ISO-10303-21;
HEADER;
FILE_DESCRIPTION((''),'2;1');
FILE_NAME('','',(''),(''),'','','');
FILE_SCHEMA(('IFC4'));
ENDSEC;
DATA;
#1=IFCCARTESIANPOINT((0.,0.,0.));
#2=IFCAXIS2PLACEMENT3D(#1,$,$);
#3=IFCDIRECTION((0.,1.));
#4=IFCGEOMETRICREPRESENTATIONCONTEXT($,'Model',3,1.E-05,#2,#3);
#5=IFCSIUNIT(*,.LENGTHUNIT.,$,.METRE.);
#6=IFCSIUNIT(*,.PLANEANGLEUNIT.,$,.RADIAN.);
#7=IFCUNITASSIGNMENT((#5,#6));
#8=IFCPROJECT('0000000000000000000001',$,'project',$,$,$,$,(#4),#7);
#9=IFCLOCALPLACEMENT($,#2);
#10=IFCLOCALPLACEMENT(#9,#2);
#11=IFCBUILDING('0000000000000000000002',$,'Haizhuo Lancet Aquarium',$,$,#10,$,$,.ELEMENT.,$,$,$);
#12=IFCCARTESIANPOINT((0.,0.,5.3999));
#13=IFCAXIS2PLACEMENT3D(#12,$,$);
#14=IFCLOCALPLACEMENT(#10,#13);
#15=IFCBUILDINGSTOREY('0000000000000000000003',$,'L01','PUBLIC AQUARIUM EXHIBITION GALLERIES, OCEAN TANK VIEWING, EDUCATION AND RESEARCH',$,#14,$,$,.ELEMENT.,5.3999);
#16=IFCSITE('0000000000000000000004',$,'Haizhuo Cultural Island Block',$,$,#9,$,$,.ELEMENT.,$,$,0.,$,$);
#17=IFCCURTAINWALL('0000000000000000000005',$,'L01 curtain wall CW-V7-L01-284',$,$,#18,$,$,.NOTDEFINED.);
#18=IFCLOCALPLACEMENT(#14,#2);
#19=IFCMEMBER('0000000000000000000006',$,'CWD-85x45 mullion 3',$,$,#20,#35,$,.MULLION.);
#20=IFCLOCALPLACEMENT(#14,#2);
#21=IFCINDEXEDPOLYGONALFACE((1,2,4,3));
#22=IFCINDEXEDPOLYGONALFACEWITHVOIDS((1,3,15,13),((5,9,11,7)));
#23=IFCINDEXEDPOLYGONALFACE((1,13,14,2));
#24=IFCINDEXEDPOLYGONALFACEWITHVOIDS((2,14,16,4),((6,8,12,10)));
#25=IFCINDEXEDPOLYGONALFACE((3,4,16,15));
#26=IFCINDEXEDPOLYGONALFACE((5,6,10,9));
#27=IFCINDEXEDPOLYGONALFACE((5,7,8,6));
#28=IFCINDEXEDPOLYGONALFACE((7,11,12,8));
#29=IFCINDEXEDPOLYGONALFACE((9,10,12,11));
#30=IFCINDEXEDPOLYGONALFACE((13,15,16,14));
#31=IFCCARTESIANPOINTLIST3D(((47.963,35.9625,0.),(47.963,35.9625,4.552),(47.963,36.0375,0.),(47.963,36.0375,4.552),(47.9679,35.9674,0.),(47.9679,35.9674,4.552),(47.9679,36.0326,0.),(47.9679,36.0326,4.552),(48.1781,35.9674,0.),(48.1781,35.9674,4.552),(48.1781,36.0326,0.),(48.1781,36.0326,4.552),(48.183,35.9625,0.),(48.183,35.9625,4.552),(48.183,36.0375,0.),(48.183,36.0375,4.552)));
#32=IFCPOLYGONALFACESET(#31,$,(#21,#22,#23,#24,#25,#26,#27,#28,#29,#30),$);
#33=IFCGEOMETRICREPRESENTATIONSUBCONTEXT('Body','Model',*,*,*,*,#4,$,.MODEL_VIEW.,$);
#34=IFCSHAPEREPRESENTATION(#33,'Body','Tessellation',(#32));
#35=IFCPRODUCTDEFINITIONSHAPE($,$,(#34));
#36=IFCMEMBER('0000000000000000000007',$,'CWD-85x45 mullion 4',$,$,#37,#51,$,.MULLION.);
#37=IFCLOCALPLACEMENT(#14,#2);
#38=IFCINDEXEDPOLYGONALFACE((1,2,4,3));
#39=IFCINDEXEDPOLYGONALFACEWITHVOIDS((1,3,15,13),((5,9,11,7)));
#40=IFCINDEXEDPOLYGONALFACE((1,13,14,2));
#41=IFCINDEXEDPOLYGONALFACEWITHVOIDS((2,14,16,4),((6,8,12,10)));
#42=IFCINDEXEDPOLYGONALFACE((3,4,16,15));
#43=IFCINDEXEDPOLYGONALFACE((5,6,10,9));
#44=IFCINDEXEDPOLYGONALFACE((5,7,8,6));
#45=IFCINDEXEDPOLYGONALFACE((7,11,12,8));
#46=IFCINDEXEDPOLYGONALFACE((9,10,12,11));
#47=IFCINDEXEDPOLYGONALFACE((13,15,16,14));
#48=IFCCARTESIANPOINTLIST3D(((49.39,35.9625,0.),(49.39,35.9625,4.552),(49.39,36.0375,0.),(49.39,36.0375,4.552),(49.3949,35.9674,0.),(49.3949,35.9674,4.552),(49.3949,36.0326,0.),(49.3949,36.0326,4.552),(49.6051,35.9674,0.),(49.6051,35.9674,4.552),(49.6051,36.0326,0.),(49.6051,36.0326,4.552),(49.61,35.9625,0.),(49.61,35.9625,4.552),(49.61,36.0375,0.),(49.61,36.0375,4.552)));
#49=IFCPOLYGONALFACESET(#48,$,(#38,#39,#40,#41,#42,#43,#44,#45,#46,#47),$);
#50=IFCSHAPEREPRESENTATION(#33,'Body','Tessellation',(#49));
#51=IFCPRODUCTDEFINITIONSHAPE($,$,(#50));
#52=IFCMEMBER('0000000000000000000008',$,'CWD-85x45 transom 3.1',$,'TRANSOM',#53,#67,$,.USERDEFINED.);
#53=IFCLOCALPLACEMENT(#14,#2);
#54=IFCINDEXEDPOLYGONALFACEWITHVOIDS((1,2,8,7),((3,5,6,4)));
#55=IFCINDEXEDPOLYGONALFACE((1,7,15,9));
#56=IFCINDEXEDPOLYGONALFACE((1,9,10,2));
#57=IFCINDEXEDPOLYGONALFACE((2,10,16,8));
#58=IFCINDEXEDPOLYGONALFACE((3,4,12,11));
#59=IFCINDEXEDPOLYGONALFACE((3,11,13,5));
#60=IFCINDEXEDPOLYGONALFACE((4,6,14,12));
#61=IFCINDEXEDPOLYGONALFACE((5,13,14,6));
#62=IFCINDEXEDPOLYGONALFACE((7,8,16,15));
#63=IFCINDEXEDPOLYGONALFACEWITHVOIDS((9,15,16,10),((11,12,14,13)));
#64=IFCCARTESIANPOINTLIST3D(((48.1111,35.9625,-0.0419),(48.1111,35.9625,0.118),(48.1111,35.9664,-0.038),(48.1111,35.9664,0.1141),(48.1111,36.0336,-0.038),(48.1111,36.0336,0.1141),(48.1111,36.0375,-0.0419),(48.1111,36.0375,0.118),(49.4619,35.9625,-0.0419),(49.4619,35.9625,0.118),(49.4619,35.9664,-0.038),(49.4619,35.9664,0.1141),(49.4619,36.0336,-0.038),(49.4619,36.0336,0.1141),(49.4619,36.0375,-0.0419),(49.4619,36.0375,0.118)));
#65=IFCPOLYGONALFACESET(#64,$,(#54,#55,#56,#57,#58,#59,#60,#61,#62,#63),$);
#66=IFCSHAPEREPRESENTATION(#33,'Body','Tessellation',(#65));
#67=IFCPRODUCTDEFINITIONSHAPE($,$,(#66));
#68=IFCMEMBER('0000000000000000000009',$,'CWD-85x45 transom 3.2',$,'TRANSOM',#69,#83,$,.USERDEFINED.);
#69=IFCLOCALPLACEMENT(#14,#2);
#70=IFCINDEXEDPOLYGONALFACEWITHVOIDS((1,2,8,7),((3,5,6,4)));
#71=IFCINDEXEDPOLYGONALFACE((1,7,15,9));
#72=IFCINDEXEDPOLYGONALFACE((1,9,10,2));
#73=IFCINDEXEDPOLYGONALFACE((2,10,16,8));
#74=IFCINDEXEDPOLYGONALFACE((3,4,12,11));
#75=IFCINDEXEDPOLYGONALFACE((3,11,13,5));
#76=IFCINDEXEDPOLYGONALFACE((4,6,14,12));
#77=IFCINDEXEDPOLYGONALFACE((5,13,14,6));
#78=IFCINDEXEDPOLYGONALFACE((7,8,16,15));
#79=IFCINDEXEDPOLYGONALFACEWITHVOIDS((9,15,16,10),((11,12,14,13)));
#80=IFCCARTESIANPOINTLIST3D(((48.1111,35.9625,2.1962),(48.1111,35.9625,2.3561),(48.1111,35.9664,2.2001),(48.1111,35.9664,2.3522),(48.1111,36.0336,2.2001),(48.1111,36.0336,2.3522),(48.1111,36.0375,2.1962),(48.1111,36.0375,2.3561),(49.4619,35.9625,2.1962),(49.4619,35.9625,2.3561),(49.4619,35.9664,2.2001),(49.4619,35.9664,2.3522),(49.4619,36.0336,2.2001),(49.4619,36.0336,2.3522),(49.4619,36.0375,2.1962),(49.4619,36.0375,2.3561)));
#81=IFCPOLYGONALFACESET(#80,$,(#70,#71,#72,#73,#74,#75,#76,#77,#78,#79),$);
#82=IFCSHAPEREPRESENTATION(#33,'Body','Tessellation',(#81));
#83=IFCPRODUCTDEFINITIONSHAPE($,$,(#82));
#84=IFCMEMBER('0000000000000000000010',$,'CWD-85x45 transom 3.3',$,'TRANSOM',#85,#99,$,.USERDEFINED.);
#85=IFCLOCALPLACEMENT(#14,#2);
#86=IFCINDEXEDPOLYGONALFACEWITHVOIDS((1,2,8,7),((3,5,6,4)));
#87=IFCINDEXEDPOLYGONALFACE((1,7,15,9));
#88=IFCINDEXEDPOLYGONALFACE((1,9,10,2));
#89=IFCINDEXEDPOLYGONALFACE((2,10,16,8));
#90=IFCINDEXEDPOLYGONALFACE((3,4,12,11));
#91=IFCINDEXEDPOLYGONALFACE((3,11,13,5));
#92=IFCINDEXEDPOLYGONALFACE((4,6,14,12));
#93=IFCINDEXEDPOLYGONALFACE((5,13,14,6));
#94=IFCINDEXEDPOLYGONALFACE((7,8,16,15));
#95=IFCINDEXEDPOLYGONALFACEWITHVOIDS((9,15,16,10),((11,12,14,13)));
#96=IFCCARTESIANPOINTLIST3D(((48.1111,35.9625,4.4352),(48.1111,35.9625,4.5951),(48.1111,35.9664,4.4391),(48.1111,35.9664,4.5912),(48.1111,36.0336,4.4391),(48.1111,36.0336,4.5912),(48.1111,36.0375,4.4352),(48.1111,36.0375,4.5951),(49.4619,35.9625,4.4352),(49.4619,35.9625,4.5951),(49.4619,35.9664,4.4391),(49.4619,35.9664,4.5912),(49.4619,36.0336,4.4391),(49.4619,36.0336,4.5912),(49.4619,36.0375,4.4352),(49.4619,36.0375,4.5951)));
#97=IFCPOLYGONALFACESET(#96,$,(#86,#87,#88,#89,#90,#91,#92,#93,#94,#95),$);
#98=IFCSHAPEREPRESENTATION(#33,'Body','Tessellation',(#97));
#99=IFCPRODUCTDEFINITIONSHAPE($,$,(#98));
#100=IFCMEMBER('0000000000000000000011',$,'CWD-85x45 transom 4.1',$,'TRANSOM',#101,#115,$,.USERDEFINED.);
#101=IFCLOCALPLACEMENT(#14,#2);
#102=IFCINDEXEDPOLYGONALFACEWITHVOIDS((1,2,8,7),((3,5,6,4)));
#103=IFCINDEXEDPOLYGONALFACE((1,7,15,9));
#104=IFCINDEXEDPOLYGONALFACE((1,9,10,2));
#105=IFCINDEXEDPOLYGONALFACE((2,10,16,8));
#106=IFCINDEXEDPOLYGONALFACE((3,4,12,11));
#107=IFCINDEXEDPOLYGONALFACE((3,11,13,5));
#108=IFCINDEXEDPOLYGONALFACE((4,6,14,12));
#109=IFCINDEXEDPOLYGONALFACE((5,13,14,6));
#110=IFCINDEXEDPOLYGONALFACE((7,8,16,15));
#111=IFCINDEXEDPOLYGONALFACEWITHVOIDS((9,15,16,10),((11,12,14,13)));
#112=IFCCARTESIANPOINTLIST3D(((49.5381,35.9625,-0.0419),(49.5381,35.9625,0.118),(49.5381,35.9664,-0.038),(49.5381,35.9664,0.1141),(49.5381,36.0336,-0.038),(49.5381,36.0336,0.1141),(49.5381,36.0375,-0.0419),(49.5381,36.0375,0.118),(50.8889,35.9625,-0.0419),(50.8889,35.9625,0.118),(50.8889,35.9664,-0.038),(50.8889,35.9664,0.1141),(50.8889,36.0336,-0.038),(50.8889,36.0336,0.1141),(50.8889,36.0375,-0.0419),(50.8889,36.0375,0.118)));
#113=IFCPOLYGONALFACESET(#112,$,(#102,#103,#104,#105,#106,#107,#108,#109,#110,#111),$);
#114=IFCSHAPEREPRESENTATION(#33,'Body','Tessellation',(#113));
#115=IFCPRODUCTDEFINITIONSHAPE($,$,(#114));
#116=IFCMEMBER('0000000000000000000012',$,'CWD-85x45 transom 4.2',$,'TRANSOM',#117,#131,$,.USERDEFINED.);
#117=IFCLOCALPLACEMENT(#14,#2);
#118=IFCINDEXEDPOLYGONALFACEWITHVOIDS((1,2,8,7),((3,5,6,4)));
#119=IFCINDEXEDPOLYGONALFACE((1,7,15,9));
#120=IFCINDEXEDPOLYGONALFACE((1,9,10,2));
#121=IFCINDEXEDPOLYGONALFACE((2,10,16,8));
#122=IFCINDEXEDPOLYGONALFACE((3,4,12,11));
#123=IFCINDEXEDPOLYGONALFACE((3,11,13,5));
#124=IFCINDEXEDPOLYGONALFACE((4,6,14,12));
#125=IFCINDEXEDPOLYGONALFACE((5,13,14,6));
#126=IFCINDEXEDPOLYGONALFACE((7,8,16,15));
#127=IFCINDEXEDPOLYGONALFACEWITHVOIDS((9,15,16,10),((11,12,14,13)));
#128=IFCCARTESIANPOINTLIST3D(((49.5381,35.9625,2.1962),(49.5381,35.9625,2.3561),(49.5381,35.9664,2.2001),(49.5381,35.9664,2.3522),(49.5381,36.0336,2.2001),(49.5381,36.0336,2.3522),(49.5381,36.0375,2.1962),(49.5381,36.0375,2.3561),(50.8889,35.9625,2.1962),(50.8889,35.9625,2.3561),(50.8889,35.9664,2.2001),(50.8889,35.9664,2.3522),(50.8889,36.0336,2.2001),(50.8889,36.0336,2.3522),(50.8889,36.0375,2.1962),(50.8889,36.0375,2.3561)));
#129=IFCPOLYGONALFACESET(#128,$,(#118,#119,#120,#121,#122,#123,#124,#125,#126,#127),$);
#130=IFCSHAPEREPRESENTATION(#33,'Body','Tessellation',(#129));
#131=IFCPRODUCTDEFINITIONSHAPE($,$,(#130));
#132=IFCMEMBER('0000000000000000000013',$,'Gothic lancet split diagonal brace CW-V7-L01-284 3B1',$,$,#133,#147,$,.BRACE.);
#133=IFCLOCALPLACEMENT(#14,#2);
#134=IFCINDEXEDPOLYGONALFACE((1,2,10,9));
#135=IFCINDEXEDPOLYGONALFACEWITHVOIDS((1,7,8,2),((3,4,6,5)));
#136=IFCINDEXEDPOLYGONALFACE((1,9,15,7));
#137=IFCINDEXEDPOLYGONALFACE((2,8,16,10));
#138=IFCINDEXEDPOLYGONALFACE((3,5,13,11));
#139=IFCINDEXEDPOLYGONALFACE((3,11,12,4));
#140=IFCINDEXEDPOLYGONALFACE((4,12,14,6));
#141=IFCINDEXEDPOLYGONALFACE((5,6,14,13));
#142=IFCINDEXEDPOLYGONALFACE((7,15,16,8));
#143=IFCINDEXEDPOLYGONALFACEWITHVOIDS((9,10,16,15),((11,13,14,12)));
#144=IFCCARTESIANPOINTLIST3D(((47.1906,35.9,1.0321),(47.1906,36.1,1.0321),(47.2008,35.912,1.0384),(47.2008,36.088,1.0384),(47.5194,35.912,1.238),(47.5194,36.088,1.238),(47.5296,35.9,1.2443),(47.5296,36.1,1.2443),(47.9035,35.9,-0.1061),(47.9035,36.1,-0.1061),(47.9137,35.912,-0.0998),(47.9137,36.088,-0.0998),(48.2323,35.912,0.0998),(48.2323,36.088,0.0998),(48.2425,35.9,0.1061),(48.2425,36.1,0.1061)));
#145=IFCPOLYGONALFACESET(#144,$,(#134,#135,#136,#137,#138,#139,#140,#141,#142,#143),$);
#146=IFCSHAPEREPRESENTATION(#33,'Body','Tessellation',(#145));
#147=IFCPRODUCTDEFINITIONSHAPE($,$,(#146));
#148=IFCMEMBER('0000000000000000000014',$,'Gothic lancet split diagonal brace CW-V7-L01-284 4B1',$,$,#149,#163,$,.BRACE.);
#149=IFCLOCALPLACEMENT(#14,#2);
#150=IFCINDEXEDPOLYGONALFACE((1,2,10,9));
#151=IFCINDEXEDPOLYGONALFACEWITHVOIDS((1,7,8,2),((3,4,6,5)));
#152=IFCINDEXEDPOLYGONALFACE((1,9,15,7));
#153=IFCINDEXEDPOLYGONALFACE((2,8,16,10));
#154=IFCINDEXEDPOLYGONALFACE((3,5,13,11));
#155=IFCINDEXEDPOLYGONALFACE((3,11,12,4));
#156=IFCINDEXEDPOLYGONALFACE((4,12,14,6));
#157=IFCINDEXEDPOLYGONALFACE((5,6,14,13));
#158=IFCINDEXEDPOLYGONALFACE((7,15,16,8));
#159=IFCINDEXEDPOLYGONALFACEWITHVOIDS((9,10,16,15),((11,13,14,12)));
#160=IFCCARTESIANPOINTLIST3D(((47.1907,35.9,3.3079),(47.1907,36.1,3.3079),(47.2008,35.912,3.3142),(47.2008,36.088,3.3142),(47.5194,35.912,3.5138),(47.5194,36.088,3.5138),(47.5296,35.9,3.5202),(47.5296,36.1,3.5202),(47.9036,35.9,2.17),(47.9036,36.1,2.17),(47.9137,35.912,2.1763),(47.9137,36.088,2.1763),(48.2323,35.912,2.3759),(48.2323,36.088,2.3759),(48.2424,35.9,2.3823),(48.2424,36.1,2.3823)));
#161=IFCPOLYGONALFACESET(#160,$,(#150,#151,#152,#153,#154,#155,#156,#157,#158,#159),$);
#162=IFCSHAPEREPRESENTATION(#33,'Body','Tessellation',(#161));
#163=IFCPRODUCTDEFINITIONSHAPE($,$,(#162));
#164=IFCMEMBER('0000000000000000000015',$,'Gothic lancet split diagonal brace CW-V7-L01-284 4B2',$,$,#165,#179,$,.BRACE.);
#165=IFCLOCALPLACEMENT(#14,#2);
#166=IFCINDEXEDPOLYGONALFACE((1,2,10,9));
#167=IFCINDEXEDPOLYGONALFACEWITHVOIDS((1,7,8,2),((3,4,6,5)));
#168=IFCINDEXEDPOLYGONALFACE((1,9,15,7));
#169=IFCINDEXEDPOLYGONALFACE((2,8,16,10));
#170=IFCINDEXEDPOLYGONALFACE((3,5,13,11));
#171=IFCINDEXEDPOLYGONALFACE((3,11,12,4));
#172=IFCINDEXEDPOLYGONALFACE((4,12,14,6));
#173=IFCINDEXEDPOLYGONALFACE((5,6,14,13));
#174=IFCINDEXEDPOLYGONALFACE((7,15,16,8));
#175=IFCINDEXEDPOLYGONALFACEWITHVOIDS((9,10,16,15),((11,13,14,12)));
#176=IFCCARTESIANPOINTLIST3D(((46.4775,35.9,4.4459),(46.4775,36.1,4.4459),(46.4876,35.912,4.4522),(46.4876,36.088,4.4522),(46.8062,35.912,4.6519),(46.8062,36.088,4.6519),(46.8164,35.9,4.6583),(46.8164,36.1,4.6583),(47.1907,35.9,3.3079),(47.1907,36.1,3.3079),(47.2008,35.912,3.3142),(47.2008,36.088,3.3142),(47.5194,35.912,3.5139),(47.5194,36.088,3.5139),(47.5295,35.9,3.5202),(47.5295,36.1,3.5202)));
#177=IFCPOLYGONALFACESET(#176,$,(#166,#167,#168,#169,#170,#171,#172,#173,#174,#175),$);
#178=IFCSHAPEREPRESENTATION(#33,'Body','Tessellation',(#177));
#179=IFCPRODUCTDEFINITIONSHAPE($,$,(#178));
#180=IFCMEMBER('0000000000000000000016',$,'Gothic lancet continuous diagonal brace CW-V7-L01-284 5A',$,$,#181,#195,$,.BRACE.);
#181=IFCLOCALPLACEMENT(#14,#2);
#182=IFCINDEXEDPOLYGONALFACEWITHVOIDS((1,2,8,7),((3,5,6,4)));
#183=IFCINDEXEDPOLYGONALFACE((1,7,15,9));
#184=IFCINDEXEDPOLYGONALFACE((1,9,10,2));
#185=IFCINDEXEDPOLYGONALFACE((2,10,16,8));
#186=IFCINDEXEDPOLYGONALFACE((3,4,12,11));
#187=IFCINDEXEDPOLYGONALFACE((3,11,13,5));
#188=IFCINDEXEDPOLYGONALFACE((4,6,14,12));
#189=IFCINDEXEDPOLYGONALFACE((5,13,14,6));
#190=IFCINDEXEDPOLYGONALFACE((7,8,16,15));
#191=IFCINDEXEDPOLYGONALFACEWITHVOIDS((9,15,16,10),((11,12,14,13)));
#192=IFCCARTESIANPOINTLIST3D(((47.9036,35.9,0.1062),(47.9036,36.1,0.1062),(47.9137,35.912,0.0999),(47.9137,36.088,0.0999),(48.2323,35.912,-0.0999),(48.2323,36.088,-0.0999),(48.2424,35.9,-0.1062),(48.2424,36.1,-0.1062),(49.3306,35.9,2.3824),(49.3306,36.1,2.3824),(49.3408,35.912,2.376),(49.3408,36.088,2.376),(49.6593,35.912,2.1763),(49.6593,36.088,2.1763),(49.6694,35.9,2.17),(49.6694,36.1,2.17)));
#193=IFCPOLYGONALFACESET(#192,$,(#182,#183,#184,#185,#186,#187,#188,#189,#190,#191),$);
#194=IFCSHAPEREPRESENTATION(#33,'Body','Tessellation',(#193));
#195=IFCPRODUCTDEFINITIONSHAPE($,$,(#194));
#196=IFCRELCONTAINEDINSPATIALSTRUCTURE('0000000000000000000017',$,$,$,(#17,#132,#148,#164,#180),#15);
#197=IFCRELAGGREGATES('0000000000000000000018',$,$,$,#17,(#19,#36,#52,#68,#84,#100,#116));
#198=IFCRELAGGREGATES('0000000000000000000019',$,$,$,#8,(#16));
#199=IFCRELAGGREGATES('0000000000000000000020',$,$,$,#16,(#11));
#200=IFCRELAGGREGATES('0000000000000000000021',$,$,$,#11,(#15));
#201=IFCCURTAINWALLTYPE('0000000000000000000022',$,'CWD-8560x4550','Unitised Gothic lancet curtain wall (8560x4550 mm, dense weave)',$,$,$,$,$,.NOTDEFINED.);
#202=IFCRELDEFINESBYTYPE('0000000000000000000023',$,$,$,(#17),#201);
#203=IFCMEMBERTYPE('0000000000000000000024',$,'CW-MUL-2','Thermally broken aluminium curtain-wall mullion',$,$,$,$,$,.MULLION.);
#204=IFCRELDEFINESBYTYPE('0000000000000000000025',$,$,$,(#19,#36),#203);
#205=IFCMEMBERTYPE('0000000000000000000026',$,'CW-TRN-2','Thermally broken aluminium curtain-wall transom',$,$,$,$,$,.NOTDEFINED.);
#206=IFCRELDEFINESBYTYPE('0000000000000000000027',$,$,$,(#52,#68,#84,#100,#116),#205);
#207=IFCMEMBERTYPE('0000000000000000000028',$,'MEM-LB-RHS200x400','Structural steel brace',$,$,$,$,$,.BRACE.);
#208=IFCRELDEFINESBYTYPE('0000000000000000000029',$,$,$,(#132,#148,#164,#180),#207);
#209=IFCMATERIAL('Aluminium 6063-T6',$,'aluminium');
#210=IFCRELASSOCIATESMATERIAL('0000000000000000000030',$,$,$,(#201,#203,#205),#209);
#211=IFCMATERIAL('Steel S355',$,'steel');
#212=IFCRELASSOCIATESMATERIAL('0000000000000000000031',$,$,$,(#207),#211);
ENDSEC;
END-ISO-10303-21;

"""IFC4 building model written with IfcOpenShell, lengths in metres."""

from ifc_helpers import new_model, si_unit, direction, frame, origin, origin_2d, place, context, subcontext, project, spatial, hollow_rectangle, extrude, material, material_profile, profile_set, type_object, element, aggregate, save


model = new_model("IFC4")

# Units and contexts
model_context = context("Model", 3, precision=1e-05, world=origin(), true_north=direction((0.0, 1.0)))
body_context = subcontext(model_context, "Body", "Model", "MODEL_VIEW")
ifc_project = project(units=[si_unit("LENGTHUNIT", "METRE"), si_unit("PLANEANGLEUNIT", "RADIAN")], contexts=[model_context])

# Site, building, storey
site_placement = place(None, origin())
site = spatial("IfcSite", under=ifc_project, at=site_placement, Name="Haizhuo Cultural Island Block", CompositionType="ELEMENT", RefElevation=0.0)
building_placement = place(site_placement, origin())
building = spatial("IfcBuilding", under=site, at=building_placement, Name="Haizhuo Lancet Aquarium", CompositionType="ELEMENT")
storey_placement = place(building_placement, frame((0.0, 0.0, 5.3999)))
storey = spatial("IfcBuildingStorey", under=building, at=storey_placement, Name="L01", Description="PUBLIC AQUARIUM EXHIBITION GALLERIES, OCEAN TANK VIEWING, EDUCATION AND RESEARCH", CompositionType="ELEMENT", Elevation=5.3999)

# Curtain wall, members
ifc_material_1 = material(Name="Aluminium 6063-T6", Category="aluminium")
curtain_wall_type = type_object("IfcCurtainWallType", Name="CWD-8560x4550", Description="Unitised Gothic lancet curtain wall (8560x4550 mm, dense weave)", PredefinedType="NOTDEFINED", material=ifc_material_1)
curtain_wall_placement = place(storey_placement, origin())
curtain_wall = element("IfcCurtainWall", 1, at=curtain_wall_placement, inside=storey, type_object=curtain_wall_type, Name="L01 curtain wall CW-V7-L01-284", PredefinedType="NOTDEFINED")
ifc_material_profile_1 = material_profile(ifc_material_1, hollow_rectangle(XDim=0.075, YDim=0.22, WallThickness=0.0049, at=origin_2d()), Name="ALU-M 75x220x5")
ifc_profile_set_1 = profile_set([ifc_material_profile_1], Name="Aluminium 6063-T6")
member_type_1 = type_object("IfcMemberType", Name="CW-MUL-2", Description="Thermally broken aluminium curtain-wall mullion", PredefinedType="MULLION", material=ifc_profile_set_1)
member_1_placement = place(storey_placement, frame((48.073, 36.0, 0.0), z_axis=(0.0, 0.0, 1.0), x_axis=(0.0, 1.0, 0.0)))
member_1 = element("IfcMember", 2, at=member_1_placement, type_object=member_type_1, Name="CWD-85x45 mullion 3", PredefinedType="MULLION", context=body_context, shape_type="SweptSolid", body=[
    extrude(hollow_rectangle(XDim=0.075, YDim=0.22, WallThickness=0.0049, at=origin_2d()), origin(), (0.0, 0.0, 1.0), 4.552),
])
member_2_placement = place(storey_placement, frame((49.5, 36.0, 0.0), z_axis=(0.0, 0.0, 1.0), x_axis=(0.0, 1.0, 0.0)))
member_2 = element("IfcMember", 3, at=member_2_placement, type_object=member_type_1, Name="CWD-85x45 mullion 4", PredefinedType="MULLION", context=body_context, shape_type="SweptSolid", body=[
    extrude(hollow_rectangle(XDim=0.075, YDim=0.22, WallThickness=0.0049, at=origin_2d()), origin(), (0.0, 0.0, 1.0), 4.552),
])
ifc_material_profile_2 = material_profile(ifc_material_1, hollow_rectangle(XDim=0.075, YDim=0.1599, WallThickness=0.0039, at=origin_2d()), Name="ALU-T 75x160x4")
ifc_profile_set_2 = profile_set([ifc_material_profile_2], Name="Aluminium 6063-T6")
member_type_2 = type_object("IfcMemberType", Name="CW-TRN-2", Description="Thermally broken aluminium curtain-wall transom", PredefinedType="NOTDEFINED", material=ifc_profile_set_2)
member_3_placement = place(storey_placement, frame((48.1111, 36.0, 0.0381), z_axis=(1.0, 0.0, 0.0), x_axis=(0.0, 1.0, 0.0)))
member_3 = element("IfcMember", 4, at=member_3_placement, type_object=member_type_2, Name="CWD-85x45 transom 3.1", ObjectType="TRANSOM", PredefinedType="USERDEFINED", context=body_context, shape_type="SweptSolid", body=[
    extrude(hollow_rectangle(XDim=0.075, YDim=0.1599, WallThickness=0.0039, at=origin_2d()), origin(), (0.0, 0.0, 1.0), 1.3508),
])
member_4_placement = place(storey_placement, frame((48.1111, 36.0, 2.2761), z_axis=(1.0, 0.0, 0.0), x_axis=(0.0, 1.0, 0.0)))
member_4 = element("IfcMember", 5, at=member_4_placement, type_object=member_type_2, Name="CWD-85x45 transom 3.2", ObjectType="TRANSOM", PredefinedType="USERDEFINED", context=body_context, shape_type="SweptSolid", body=[
    extrude(hollow_rectangle(XDim=0.075, YDim=0.1599, WallThickness=0.0039, at=origin_2d()), origin(), (0.0, 0.0, 1.0), 1.3508),
])
member_5_placement = place(storey_placement, frame((48.1111, 36.0, 4.5151), z_axis=(1.0, 0.0, 0.0), x_axis=(0.0, 1.0, 0.0)))
member_5 = element("IfcMember", 6, at=member_5_placement, type_object=member_type_2, Name="CWD-85x45 transom 3.3", ObjectType="TRANSOM", PredefinedType="USERDEFINED", context=body_context, shape_type="SweptSolid", body=[
    extrude(hollow_rectangle(XDim=0.075, YDim=0.1599, WallThickness=0.0039, at=origin_2d()), origin(), (0.0, 0.0, 1.0), 1.3508),
])
member_6_placement = place(storey_placement, frame((49.5381, 36.0, 0.0381), z_axis=(1.0, 0.0, 0.0), x_axis=(0.0, 1.0, 0.0)))
member_6 = element("IfcMember", 7, at=member_6_placement, type_object=member_type_2, Name="CWD-85x45 transom 4.1", ObjectType="TRANSOM", PredefinedType="USERDEFINED", context=body_context, shape_type="SweptSolid", body=[
    extrude(hollow_rectangle(XDim=0.075, YDim=0.1599, WallThickness=0.0039, at=origin_2d()), origin(), (0.0, 0.0, 1.0), 1.3508),
])
member_7_placement = place(storey_placement, frame((49.5381, 36.0, 2.2761), z_axis=(1.0, 0.0, 0.0), x_axis=(0.0, 1.0, 0.0)))
member_7 = element("IfcMember", 8, at=member_7_placement, type_object=member_type_2, Name="CWD-85x45 transom 4.2", ObjectType="TRANSOM", PredefinedType="USERDEFINED", context=body_context, shape_type="SweptSolid", body=[
    extrude(hollow_rectangle(XDim=0.075, YDim=0.1599, WallThickness=0.0039, at=origin_2d()), origin(), (0.0, 0.0, 1.0), 1.3508),
])

# Members
ifc_material_2 = material(Name="Steel S355", Category="steel")
ifc_material_profile_3 = material_profile(ifc_material_2, hollow_rectangle(XDim=0.2, YDim=0.3999, WallThickness=0.012, at=origin_2d()), Name="RHS 200x400x12")
ifc_profile_set_3 = profile_set([ifc_material_profile_3], Name="Steel S355")
member_type_3 = type_object("IfcMemberType", Name="MEM-LB-RHS200x400", Description="Structural steel brace", PredefinedType="BRACE", material=ifc_profile_set_3)
member_8_placement = place(storey_placement, frame((48.073, 36.0, 0.0), z_axis=(-0.530816, 0.0, 0.847487), x_axis=(0.0, -1.0, 0.0)))
element("IfcMember", 9, at=member_8_placement, inside=storey, type_object=member_type_3, Name="Gothic lancet split diagonal brace CW-V7-L01-284 3B1", PredefinedType="BRACE", context=body_context, shape_type="SweptSolid", body=[
    extrude(hollow_rectangle(XDim=0.2, YDim=0.3999, WallThickness=0.012, at=origin_2d()), origin(), (0.0, 0.0, 1.0), 1.343),
])
member_9_placement = place(storey_placement, frame((48.073, 36.0, 2.2761), z_axis=(-0.530897, 0.0, 0.847436), x_axis=(0.0, -1.0, 0.0)))
element("IfcMember", 10, at=member_9_placement, inside=storey, type_object=member_type_3, Name="Gothic lancet split diagonal brace CW-V7-L01-284 4B1", PredefinedType="BRACE", context=body_context, shape_type="SweptSolid", body=[
    extrude(hollow_rectangle(XDim=0.2, YDim=0.3999, WallThickness=0.012, at=origin_2d()), origin(), (0.0, 0.0, 1.0), 1.3428),
])
member_10_placement = place(storey_placement, frame((47.3601, 36.0, 3.4141), z_axis=(-0.531028, 0.0, 0.847354), x_axis=(0.0, -1.0, 0.0)))
element("IfcMember", 11, at=member_10_placement, inside=storey, type_object=member_type_3, Name="Gothic lancet split diagonal brace CW-V7-L01-284 4B2", PredefinedType="BRACE", context=body_context, shape_type="SweptSolid", body=[
    extrude(hollow_rectangle(XDim=0.2, YDim=0.3999, WallThickness=0.012, at=origin_2d()), origin(), (0.0, 0.0, 1.0), 1.343),
])
member_11_placement = place(storey_placement, frame((48.073, 36.0, 0.0), z_axis=(0.531183, 0.0, 0.847257), x_axis=(0.0, 1.0, 0.0)))
element("IfcMember", 12, at=member_11_placement, inside=storey, type_object=member_type_3, Name="Gothic lancet continuous diagonal brace CW-V7-L01-284 5A", PredefinedType="BRACE", context=body_context, shape_type="SweptSolid", body=[
    extrude(hollow_rectangle(XDim=0.2, YDim=0.3999, WallThickness=0.012, at=origin_2d()), origin(), (0.0, 0.0, 1.0), 2.6865),
])

aggregate(curtain_wall, [member_1, member_2, member_3, member_4, member_5, member_6, member_7])

save(model, "model.ifc")
